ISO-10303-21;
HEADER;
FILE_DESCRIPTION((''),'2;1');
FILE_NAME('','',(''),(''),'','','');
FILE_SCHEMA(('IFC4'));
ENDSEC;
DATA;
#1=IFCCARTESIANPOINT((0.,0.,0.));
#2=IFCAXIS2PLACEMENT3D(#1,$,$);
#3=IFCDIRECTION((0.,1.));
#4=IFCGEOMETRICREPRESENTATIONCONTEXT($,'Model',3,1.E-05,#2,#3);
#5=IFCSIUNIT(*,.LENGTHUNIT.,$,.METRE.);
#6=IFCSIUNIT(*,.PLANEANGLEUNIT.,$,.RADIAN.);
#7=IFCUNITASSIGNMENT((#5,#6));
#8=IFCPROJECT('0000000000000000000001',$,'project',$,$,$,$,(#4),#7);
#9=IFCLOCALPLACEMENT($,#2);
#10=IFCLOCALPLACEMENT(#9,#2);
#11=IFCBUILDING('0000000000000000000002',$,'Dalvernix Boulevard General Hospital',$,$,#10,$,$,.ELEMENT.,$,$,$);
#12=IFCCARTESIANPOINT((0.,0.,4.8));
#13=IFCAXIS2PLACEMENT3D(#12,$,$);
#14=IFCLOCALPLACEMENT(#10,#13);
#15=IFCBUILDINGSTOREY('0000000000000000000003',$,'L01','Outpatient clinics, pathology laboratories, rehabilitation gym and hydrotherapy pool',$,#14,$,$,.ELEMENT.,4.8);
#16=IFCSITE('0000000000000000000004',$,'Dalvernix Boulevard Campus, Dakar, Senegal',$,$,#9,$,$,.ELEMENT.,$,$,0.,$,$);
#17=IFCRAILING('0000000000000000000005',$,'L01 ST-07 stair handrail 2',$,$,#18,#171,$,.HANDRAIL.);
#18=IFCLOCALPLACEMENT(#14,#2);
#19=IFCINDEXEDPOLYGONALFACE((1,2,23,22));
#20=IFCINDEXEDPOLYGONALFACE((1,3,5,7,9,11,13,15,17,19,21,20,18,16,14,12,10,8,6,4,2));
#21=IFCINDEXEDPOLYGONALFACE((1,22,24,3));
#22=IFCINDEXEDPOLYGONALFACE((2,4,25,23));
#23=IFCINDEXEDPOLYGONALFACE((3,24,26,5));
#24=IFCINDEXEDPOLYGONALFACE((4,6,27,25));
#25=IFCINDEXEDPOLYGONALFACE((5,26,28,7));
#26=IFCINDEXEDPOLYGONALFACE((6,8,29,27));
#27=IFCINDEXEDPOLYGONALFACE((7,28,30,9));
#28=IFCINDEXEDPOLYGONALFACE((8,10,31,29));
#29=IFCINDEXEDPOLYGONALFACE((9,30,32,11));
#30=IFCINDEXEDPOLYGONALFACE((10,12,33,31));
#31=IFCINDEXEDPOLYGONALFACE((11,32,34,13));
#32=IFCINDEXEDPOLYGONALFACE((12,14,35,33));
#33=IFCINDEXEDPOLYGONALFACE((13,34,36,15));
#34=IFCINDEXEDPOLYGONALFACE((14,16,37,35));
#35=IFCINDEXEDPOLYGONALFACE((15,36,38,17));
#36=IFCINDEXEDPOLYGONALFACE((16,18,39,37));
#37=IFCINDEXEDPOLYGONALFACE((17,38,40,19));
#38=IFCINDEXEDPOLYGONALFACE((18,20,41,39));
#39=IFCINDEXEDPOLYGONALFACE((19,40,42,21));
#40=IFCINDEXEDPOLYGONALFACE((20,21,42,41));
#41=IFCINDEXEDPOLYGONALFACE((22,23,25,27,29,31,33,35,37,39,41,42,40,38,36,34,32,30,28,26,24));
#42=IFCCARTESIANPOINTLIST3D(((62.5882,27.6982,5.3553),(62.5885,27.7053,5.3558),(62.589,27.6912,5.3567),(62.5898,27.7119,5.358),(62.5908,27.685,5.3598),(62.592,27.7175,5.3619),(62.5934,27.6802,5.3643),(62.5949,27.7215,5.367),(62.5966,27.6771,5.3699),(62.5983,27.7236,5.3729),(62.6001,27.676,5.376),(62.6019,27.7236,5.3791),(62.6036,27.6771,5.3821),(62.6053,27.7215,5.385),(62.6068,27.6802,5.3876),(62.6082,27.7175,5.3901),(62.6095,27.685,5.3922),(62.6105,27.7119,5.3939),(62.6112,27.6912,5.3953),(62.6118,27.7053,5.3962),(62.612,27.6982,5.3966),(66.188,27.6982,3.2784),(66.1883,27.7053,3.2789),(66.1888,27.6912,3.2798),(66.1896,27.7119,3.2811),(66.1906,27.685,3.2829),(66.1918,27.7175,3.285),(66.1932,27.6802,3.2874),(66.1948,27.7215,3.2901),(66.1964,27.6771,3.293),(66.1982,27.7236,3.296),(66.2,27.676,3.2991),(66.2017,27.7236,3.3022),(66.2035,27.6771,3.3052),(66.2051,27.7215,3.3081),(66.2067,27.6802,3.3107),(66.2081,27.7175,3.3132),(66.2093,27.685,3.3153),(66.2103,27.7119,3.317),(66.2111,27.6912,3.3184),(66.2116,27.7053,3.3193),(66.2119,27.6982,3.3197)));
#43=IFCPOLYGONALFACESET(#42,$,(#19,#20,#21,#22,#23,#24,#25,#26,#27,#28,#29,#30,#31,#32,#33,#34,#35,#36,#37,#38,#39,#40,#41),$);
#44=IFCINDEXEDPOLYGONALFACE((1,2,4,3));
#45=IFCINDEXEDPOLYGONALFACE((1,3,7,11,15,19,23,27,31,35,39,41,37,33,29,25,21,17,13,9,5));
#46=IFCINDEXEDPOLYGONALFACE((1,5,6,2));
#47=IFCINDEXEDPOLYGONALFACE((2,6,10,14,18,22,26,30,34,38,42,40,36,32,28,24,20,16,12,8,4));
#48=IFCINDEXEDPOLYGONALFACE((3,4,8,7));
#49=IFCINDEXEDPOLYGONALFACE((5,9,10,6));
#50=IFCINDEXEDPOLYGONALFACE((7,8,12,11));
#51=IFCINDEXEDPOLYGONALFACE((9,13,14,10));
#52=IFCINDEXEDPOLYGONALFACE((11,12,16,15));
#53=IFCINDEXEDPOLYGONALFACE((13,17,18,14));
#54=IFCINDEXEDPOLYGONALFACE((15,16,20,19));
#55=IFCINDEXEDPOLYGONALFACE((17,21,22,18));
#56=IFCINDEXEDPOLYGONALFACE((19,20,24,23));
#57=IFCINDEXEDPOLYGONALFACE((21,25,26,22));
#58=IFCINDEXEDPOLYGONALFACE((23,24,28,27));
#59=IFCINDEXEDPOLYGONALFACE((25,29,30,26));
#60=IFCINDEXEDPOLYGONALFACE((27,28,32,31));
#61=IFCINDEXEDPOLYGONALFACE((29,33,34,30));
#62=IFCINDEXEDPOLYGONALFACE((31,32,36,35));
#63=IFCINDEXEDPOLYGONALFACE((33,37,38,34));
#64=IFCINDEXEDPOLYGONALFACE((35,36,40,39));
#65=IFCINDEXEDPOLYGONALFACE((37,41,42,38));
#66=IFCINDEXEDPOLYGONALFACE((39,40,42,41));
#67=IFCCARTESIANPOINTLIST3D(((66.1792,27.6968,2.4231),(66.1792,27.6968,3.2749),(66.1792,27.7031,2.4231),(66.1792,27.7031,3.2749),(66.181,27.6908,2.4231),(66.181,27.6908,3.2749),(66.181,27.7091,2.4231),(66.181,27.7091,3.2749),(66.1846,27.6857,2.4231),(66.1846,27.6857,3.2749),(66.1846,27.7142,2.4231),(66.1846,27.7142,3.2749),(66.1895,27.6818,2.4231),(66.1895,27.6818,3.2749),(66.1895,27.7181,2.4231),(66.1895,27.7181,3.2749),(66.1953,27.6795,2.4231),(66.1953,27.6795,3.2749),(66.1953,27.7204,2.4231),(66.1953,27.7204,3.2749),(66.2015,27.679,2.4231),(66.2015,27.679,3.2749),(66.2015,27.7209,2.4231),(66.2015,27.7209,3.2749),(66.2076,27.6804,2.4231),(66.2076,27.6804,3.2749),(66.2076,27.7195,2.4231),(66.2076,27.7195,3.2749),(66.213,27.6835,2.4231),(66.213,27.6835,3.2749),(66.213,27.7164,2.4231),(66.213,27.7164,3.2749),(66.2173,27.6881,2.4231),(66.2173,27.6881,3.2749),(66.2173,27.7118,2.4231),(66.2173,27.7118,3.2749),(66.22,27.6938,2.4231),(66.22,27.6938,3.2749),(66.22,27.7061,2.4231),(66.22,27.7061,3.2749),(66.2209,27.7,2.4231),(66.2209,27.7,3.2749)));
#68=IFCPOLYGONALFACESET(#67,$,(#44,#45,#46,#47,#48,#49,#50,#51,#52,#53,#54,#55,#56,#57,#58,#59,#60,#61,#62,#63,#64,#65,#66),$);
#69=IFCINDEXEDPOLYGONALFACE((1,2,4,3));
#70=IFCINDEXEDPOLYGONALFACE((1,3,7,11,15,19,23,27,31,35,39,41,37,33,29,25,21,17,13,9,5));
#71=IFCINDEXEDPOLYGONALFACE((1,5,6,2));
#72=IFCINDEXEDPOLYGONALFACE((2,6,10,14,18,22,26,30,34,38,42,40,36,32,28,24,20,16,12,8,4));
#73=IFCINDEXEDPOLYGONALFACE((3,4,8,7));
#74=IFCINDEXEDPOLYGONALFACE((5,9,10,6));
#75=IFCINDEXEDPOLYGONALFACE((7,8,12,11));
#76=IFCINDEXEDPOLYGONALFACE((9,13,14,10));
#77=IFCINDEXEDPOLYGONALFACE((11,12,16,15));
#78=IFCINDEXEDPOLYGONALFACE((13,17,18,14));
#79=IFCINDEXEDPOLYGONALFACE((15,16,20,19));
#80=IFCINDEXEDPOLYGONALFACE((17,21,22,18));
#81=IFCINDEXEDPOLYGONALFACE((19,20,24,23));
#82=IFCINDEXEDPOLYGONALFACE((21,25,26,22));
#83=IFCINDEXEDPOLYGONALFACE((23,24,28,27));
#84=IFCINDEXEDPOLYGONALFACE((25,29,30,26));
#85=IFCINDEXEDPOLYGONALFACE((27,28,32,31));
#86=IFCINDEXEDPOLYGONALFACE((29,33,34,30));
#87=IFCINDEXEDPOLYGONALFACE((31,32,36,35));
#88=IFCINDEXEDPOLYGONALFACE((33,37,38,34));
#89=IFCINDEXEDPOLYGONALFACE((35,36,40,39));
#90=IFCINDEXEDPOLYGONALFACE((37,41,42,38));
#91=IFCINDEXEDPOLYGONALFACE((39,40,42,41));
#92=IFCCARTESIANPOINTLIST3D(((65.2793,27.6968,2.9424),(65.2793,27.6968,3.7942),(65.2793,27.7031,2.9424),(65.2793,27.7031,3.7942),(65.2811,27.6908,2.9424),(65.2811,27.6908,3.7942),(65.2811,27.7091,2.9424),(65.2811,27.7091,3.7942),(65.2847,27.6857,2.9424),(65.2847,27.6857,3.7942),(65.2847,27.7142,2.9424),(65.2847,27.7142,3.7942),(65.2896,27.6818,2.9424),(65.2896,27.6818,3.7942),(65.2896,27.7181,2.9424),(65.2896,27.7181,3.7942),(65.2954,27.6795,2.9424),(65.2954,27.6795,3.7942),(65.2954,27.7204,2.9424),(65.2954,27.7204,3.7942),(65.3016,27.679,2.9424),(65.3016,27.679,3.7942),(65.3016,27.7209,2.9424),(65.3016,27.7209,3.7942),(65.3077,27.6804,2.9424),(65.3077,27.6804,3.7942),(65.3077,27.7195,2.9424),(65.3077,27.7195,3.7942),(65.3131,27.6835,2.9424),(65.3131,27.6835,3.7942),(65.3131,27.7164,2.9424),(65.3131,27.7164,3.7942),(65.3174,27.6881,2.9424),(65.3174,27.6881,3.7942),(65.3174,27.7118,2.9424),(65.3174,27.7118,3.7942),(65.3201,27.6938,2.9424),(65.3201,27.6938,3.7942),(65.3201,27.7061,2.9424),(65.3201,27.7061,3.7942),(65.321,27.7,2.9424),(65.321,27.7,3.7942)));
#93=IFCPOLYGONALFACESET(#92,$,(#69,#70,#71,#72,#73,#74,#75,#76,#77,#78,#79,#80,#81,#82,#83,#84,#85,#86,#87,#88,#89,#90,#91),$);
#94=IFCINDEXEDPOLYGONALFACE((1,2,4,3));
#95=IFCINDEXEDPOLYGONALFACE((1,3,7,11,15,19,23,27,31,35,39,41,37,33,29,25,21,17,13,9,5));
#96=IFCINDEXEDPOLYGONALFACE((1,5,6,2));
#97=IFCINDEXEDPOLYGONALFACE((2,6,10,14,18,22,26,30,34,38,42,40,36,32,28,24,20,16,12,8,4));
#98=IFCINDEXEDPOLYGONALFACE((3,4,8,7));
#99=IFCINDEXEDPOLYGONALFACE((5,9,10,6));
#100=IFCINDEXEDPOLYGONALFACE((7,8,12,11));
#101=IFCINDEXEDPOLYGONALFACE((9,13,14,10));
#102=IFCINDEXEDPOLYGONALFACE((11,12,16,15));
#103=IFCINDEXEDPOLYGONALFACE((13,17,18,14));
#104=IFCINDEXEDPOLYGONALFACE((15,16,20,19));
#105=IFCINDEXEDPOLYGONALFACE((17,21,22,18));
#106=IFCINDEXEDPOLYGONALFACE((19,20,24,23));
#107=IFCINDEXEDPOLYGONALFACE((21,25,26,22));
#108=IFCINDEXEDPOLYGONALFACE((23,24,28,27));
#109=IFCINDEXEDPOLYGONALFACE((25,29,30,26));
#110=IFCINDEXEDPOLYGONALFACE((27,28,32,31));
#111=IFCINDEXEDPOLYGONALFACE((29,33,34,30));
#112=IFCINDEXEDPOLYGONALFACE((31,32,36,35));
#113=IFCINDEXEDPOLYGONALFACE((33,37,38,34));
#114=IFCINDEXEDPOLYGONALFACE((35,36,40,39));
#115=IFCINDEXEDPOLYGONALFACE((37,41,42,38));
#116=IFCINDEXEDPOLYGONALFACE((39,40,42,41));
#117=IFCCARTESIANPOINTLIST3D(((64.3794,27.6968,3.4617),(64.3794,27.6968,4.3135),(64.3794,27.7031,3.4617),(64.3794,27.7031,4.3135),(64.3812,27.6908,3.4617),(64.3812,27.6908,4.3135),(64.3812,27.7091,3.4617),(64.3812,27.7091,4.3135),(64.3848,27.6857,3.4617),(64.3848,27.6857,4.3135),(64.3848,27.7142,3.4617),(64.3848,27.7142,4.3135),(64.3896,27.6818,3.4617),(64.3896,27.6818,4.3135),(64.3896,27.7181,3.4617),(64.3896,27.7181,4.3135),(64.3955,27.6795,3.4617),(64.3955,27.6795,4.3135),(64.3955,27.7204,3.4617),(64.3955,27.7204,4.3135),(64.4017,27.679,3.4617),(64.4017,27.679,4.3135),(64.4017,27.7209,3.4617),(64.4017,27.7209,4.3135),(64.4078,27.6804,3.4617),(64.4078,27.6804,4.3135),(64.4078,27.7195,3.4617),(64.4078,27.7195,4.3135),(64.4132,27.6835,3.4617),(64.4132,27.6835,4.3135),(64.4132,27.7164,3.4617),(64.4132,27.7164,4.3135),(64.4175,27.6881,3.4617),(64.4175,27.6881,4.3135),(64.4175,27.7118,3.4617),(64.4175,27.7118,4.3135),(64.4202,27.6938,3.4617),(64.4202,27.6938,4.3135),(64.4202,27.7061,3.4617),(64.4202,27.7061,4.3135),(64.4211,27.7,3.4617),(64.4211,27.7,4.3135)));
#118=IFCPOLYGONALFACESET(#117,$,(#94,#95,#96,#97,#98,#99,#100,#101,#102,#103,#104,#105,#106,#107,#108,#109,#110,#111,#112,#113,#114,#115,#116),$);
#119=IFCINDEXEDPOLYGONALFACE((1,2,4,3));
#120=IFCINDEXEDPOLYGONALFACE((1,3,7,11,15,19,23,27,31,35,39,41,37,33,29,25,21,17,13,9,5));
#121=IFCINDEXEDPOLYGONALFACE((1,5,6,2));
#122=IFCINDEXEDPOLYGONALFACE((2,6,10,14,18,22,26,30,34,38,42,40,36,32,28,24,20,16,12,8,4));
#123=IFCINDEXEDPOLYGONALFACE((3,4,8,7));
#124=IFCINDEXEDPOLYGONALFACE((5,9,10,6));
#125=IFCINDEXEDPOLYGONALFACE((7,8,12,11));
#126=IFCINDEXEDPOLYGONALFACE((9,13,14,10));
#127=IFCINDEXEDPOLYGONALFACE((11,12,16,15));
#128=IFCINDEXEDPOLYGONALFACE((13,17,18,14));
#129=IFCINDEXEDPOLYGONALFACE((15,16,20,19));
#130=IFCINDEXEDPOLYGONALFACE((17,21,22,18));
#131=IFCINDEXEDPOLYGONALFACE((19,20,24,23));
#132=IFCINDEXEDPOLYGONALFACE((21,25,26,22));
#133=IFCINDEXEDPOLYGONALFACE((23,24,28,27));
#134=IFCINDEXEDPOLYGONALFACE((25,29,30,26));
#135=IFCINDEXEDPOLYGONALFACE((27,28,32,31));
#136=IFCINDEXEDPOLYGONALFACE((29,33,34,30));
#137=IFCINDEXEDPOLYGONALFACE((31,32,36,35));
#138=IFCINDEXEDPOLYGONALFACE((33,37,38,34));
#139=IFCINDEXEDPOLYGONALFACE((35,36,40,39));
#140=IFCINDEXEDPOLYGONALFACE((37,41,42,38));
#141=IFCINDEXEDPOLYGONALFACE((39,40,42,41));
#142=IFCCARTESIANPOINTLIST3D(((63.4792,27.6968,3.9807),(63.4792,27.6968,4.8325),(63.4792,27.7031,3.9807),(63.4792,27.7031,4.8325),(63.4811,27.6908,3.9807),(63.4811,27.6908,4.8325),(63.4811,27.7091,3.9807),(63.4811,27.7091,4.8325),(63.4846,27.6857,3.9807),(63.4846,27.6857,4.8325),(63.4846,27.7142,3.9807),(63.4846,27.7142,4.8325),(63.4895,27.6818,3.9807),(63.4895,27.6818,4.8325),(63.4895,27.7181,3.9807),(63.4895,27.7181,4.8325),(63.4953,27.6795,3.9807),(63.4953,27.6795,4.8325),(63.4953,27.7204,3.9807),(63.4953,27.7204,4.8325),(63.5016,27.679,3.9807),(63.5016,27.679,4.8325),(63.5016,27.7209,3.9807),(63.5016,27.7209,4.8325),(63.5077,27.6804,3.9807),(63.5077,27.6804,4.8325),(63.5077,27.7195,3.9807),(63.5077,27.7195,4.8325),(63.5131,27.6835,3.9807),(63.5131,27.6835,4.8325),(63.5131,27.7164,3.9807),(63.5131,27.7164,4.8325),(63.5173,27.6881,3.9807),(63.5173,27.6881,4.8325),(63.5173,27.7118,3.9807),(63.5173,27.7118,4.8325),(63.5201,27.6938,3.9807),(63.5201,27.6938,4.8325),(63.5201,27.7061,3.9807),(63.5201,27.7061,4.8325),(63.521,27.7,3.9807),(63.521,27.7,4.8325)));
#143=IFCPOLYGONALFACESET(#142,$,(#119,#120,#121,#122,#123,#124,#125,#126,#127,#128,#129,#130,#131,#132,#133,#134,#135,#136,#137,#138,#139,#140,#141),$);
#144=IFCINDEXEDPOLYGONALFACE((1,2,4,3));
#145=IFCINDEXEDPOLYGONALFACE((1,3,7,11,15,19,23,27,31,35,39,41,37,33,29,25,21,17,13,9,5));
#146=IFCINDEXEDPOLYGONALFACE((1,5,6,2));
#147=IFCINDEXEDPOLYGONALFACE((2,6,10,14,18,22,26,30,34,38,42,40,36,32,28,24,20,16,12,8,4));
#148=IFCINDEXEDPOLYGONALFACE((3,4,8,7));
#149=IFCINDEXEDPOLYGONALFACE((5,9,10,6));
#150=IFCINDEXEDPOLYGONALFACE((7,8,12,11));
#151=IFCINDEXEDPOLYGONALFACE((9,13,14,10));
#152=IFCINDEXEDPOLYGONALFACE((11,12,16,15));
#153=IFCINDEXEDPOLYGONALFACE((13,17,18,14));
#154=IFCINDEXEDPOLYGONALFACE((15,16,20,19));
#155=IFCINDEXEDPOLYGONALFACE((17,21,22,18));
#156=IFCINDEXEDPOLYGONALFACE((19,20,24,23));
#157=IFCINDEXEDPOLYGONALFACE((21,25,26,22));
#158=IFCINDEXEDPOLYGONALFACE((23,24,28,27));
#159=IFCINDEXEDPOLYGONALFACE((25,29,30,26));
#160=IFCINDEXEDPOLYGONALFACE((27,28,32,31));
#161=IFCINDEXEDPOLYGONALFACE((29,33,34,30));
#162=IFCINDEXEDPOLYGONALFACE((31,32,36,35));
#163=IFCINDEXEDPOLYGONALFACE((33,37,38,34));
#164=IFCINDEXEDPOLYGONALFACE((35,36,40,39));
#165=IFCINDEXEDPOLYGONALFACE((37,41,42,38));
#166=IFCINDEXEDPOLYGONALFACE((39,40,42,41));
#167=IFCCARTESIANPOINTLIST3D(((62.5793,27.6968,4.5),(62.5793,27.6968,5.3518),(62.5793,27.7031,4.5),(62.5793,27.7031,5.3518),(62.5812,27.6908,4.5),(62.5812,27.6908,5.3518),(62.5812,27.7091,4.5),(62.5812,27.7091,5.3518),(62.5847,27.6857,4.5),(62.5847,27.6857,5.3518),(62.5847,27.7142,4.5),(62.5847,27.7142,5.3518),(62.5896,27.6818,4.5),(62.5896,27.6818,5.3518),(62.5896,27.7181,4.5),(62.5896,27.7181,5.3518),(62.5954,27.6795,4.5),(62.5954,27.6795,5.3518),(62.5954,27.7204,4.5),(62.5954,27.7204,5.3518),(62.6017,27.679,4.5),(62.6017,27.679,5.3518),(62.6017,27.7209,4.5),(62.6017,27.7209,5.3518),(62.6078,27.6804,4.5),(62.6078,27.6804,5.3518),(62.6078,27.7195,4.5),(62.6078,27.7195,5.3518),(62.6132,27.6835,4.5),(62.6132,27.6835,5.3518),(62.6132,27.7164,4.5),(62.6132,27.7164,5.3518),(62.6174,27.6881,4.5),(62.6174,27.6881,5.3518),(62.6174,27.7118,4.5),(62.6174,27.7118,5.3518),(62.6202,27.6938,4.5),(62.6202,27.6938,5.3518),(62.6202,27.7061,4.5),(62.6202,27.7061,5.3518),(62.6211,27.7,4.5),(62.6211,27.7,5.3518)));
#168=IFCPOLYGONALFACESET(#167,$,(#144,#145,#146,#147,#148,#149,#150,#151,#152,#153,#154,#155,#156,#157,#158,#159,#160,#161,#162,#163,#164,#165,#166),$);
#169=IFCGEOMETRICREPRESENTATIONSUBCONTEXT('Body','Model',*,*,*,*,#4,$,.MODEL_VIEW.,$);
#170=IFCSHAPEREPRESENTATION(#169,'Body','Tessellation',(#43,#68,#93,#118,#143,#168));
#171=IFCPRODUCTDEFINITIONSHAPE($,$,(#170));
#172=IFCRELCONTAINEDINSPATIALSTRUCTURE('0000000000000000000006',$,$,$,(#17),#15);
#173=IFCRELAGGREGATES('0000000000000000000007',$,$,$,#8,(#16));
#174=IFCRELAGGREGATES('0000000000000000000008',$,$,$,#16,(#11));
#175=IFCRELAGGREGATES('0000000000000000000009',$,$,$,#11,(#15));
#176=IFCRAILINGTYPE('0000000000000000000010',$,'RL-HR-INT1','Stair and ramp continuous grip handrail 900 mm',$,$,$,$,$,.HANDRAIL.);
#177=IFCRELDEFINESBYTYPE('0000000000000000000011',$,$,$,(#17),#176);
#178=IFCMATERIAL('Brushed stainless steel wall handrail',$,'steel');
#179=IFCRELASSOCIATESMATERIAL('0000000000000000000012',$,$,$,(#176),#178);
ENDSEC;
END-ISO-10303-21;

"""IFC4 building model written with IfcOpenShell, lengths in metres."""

from ifc_helpers import new_model, si_unit, direction, frame, origin, origin_2d, place, context, subcontext, project, spatial, circle, extrude, material, type_object, element, save


model = new_model("IFC4")

# Units and contexts
model_context = context("Model", 3, precision=1e-05, world=origin(), true_north=direction((0.0, 1.0)))
body_context = subcontext(model_context, "Body", "Model", "MODEL_VIEW")
ifc_project = project(units=[si_unit("LENGTHUNIT", "METRE"), si_unit("PLANEANGLEUNIT", "RADIAN")], contexts=[model_context])

# Site, building, storey
site_placement = place(None, origin())
site = spatial("IfcSite", under=ifc_project, at=site_placement, Name="Dalvernix Boulevard Campus, Dakar, Senegal", CompositionType="ELEMENT", RefElevation=0.0)
building_placement = place(site_placement, origin())
building = spatial("IfcBuilding", under=site, at=building_placement, Name="Dalvernix Boulevard General Hospital", CompositionType="ELEMENT")
storey_placement = place(building_placement, frame((0.0, 0.0, 4.8)))
storey = spatial("IfcBuildingStorey", under=building, at=storey_placement, Name="L01", Description="Outpatient clinics, pathology laboratories, rehabilitation gym and hydrotherapy pool", CompositionType="ELEMENT", Elevation=4.8)

# Railing
ifc_material_1 = material(Name="Brushed stainless steel wall handrail", Category="steel")
railing_type_1 = type_object("IfcRailingType", Name="RL-HR-INT1", Description="Stair and ramp continuous grip handrail 900 mm", PredefinedType="HANDRAIL", material=ifc_material_1)
railing_1_placement = place(storey_placement, frame((66.2, 27.7, 2.4231)))
element("IfcRailing", 1, at=railing_1_placement, inside=storey, type_object=railing_type_1, Name="L01 ST-07 stair handrail 2", PredefinedType="HANDRAIL", context=body_context, shape_type="SweptSolid", body=[
    extrude(circle(Radius=0.0239, at=origin_2d()), frame((0.0, 0.0, 0.876), z_axis=(-0.866179, 0.0, 0.499734), x_axis=(0.0, -1.0, 0.0)), (0.0, 0.0, 1.0), 4.156),
    extrude(circle(Radius=0.021, at=origin_2d()), origin(), (0.0, 0.0, 1.0), 0.8518),
    extrude(circle(Radius=0.021, at=origin_2d()), frame((-0.8999, 0.0, 0.5193)), (0.0, 0.0, 1.0), 0.8518),
    extrude(circle(Radius=0.021, at=origin_2d()), frame((-1.7998, 0.0, 1.0386)), (0.0, 0.0, 1.0), 0.8518),
    extrude(circle(Radius=0.021, at=origin_2d()), frame((-2.7, 0.0, 1.5576)), (0.0, 0.0, 1.0), 0.8518),
    extrude(circle(Radius=0.021, at=origin_2d()), frame((-3.5999, 0.0, 2.0769)), (0.0, 0.0, 1.0), 0.8518),
])

save(model, "model.ifc")
